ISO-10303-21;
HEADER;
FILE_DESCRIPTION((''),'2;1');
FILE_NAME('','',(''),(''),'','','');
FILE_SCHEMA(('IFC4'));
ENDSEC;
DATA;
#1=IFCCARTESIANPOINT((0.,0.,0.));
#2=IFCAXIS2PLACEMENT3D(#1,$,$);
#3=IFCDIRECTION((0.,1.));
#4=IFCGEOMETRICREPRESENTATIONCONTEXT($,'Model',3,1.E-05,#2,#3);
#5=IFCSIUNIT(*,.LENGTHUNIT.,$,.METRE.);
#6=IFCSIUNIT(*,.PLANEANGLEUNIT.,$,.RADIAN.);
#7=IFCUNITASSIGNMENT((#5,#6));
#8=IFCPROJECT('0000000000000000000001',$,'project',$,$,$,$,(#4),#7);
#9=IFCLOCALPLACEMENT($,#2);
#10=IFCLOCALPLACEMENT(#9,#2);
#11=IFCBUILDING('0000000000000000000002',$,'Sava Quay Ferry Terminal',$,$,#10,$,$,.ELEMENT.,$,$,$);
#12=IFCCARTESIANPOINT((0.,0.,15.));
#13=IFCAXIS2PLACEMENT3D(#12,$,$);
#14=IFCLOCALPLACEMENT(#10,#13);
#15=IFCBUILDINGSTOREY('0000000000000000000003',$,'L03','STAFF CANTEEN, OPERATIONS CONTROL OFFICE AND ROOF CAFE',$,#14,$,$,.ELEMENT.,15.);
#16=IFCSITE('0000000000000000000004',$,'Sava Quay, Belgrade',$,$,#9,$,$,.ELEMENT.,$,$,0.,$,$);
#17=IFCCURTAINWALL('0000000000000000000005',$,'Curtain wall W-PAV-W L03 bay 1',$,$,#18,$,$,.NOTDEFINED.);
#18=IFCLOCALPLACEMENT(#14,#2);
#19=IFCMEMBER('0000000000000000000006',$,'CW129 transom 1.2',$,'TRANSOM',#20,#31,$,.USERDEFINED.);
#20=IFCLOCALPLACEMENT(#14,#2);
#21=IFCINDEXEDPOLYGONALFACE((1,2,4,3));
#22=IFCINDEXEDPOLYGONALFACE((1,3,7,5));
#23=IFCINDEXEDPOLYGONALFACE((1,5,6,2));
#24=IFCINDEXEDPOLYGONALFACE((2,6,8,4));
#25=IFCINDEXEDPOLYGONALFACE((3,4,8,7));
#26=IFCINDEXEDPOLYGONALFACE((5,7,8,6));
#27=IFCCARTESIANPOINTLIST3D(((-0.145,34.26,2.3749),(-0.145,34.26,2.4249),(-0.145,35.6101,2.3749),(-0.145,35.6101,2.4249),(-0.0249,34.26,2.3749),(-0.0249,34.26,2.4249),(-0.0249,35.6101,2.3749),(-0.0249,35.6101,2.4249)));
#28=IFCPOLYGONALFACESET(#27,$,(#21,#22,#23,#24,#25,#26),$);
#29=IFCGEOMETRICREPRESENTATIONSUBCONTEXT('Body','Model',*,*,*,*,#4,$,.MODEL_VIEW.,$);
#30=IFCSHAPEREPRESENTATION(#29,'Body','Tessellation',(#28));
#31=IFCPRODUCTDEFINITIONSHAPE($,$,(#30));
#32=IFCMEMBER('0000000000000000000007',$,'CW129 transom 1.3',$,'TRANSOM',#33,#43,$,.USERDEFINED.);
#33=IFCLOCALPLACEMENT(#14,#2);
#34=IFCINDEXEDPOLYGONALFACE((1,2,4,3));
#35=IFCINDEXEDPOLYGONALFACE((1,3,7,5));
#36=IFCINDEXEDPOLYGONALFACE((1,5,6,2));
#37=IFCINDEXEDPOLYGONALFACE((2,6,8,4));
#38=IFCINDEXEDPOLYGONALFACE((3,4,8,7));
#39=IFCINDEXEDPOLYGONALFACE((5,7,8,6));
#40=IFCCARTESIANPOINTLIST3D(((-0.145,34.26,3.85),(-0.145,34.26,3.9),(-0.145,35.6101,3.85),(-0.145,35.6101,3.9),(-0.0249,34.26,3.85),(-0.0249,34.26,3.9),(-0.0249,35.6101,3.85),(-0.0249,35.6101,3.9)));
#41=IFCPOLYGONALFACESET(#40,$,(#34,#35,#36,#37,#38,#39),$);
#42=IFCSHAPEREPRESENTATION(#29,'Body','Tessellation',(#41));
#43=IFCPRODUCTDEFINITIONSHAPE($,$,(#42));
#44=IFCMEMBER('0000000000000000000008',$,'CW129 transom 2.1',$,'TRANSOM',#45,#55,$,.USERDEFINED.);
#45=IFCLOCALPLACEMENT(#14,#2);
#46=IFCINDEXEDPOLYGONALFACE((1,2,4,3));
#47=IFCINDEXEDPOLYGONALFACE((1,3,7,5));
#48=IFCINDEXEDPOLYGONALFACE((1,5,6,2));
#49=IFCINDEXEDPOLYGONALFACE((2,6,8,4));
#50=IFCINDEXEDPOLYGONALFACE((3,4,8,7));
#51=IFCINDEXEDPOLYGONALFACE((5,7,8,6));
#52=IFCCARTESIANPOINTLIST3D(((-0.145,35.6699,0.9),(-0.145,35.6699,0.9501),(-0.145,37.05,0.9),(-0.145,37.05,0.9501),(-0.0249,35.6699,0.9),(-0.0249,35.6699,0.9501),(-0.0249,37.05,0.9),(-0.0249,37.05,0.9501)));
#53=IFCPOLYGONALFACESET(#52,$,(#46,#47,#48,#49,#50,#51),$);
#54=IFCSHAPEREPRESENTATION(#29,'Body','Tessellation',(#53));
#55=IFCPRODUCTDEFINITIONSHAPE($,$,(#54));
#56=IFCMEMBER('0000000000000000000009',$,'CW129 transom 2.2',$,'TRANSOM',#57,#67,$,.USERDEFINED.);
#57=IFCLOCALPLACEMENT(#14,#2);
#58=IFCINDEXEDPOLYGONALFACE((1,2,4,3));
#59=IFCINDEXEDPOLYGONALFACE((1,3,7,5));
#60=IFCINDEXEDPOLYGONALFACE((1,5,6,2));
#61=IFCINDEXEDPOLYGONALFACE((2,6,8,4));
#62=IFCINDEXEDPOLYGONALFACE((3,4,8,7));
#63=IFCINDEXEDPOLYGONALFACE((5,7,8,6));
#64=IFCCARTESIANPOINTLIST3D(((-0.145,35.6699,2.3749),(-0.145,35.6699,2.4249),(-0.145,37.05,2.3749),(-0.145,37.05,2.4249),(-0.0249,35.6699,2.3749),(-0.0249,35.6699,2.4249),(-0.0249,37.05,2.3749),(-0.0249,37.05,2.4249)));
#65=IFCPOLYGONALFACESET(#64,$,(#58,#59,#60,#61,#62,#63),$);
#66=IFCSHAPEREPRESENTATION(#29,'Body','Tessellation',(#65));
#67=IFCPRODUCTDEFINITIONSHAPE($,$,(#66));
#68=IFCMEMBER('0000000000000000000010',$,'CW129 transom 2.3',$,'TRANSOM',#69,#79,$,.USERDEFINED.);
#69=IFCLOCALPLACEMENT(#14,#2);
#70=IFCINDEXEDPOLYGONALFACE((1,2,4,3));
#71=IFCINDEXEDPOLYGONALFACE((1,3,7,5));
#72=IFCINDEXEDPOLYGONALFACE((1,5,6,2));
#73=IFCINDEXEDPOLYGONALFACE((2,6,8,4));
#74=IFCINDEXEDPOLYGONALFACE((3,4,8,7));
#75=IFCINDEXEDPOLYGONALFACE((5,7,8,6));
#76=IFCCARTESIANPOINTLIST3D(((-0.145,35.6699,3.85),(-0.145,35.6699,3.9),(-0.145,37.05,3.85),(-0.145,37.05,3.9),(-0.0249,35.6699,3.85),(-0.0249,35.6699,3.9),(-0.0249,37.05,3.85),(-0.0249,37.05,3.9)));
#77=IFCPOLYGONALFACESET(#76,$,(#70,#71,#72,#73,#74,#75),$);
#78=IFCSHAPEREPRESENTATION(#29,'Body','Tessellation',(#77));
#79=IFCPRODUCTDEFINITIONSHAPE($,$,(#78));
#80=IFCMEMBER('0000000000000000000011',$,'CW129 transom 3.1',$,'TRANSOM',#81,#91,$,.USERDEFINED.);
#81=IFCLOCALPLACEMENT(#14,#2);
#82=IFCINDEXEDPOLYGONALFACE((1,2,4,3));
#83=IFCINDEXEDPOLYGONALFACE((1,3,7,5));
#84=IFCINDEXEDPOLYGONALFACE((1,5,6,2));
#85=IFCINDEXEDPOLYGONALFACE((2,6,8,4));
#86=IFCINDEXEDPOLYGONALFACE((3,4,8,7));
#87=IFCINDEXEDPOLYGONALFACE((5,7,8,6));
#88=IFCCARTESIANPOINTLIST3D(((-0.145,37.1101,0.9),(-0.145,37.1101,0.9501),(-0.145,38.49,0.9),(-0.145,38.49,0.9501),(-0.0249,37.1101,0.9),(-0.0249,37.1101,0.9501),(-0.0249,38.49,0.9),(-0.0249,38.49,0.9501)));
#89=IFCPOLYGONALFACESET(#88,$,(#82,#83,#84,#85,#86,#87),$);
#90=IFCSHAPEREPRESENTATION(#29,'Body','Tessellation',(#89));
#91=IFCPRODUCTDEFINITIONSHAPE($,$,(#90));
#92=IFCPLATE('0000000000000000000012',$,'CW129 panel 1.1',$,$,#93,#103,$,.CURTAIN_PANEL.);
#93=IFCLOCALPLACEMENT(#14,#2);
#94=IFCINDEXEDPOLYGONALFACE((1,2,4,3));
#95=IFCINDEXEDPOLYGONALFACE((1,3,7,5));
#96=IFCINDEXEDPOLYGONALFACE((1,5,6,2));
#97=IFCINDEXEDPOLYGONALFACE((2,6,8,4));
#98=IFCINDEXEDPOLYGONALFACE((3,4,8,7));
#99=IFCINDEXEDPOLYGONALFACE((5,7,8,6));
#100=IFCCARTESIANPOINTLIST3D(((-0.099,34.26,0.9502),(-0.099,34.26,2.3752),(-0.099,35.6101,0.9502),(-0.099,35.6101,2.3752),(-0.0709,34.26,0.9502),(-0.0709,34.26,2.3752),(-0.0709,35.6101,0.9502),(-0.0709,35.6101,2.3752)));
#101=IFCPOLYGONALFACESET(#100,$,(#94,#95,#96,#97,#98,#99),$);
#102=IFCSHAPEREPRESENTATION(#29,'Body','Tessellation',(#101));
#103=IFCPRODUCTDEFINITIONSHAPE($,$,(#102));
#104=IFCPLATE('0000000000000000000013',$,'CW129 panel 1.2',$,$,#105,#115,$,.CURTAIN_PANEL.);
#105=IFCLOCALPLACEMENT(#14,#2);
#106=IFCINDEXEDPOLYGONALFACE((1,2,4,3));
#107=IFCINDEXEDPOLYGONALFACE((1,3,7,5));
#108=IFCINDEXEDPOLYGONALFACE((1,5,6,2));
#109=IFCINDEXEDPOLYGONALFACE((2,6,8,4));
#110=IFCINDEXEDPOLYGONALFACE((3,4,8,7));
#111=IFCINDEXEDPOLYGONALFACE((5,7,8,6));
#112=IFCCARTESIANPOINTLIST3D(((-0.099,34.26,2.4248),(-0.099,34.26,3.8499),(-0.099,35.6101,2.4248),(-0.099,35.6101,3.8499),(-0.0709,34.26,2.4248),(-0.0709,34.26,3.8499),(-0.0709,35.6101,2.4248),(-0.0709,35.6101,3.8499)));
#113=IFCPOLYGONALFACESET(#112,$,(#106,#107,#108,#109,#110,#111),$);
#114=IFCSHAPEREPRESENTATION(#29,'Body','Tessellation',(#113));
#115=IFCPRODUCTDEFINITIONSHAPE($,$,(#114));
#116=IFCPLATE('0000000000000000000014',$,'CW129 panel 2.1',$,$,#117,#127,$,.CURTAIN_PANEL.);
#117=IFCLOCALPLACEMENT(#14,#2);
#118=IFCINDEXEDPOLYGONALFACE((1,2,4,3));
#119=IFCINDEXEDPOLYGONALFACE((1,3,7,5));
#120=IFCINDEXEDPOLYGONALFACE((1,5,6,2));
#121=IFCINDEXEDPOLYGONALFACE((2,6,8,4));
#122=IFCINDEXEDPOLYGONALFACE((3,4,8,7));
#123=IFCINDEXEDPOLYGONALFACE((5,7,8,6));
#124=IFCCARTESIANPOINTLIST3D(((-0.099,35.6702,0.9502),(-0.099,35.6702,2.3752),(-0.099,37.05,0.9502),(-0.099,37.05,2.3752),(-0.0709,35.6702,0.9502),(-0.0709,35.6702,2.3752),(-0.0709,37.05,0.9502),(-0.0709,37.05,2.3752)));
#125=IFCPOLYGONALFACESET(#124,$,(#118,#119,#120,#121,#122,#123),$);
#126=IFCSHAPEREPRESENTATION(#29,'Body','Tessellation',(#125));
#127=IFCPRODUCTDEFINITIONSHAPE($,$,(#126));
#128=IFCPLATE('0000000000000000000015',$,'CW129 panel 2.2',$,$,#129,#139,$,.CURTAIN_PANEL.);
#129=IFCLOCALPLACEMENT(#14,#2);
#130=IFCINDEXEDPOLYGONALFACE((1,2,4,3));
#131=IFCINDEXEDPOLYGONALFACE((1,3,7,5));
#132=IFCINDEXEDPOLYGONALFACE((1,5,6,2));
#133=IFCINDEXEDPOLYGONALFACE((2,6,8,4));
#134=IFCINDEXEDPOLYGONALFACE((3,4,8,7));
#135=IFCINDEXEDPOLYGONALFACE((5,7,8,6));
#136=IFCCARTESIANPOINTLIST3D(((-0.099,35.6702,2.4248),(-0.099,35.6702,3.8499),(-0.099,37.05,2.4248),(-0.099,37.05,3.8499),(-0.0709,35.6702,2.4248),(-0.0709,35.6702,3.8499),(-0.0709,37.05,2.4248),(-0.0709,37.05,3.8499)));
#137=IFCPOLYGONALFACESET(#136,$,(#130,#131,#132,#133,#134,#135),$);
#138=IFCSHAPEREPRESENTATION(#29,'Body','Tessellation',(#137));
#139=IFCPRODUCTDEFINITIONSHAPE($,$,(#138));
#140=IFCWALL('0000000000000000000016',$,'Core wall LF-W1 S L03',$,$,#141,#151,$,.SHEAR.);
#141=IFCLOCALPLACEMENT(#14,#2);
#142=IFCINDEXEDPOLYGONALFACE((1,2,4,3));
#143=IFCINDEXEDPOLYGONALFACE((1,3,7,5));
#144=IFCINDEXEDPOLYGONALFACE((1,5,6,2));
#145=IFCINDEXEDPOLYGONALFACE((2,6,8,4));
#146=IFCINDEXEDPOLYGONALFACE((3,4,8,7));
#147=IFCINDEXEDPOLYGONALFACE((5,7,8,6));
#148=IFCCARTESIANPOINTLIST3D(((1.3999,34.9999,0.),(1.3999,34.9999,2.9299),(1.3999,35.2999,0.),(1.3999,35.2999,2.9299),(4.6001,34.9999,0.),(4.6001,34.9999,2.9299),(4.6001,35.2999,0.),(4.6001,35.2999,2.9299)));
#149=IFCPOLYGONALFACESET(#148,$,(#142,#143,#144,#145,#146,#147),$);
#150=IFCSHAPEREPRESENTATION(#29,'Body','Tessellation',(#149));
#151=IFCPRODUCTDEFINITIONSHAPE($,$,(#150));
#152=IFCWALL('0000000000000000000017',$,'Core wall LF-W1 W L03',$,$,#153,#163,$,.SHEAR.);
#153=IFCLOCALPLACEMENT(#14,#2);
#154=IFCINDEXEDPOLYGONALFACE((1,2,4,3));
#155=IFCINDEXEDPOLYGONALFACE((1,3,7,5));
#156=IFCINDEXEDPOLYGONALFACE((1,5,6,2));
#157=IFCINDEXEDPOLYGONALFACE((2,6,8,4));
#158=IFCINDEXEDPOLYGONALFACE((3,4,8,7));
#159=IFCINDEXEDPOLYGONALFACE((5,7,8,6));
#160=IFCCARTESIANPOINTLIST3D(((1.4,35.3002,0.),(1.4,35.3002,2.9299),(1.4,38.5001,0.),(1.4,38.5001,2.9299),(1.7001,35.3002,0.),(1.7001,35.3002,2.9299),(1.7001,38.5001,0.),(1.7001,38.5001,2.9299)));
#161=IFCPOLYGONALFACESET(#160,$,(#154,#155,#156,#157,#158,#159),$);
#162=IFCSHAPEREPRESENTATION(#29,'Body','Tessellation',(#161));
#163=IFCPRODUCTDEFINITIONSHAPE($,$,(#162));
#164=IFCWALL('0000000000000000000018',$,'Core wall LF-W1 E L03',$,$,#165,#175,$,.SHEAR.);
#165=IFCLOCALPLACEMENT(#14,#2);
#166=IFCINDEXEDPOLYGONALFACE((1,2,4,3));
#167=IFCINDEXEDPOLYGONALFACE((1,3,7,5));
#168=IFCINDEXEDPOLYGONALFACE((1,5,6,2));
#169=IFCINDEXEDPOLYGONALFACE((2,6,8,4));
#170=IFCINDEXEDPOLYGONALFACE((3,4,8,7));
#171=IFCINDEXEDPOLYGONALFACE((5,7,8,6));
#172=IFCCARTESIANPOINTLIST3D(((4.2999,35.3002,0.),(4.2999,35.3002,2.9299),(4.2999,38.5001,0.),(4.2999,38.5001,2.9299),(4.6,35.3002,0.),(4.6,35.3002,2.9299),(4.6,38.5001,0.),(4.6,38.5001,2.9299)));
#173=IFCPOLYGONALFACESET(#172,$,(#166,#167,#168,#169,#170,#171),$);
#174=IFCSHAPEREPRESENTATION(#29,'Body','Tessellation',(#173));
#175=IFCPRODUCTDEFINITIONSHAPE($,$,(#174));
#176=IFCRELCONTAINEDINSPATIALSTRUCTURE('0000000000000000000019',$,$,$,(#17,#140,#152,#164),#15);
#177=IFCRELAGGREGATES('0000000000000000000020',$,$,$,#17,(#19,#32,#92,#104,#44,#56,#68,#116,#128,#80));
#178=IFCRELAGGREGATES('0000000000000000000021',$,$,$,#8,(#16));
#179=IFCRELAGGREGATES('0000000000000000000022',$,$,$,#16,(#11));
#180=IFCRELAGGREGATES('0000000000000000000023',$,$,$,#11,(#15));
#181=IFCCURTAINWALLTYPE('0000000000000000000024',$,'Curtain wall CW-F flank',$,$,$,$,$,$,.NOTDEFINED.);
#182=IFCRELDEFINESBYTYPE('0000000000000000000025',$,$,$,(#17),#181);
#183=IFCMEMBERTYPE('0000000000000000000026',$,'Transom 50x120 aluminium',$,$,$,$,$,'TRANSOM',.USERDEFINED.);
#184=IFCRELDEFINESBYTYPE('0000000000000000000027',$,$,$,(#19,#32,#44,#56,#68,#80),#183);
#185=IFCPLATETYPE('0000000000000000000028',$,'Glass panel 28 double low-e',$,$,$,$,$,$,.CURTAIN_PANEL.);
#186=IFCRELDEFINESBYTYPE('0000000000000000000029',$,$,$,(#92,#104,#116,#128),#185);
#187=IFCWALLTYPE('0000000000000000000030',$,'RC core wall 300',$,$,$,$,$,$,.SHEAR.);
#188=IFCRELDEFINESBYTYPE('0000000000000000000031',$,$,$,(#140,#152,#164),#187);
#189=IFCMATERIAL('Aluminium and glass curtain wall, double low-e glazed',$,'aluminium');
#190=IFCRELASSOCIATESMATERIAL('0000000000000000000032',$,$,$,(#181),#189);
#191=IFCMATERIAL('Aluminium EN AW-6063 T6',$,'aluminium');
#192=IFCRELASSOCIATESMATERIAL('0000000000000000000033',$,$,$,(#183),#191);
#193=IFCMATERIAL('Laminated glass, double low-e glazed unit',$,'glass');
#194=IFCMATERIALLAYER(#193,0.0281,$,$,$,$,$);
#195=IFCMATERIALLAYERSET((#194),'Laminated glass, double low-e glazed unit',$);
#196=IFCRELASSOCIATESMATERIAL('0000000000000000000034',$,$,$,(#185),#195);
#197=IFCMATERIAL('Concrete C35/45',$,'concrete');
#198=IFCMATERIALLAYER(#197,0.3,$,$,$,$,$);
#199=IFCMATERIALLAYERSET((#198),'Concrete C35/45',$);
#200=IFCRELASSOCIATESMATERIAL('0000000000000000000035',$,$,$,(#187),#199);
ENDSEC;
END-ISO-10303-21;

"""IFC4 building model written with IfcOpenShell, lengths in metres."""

from ifc_helpers import new_model, si_unit, direction, frame, frame_2d, origin, origin_2d, place, context, subcontext, project, spatial, rectangle, extrude, material, layer, layer_set, material_profile, profile_set, type_object, element, aggregate, save


model = new_model("IFC4")

# Units and contexts
model_context = context("Model", 3, precision=1e-05, world=origin(), true_north=direction((0.0, 1.0)))
body_context = subcontext(model_context, "Body", "Model", "MODEL_VIEW")
ifc_project = project(units=[si_unit("LENGTHUNIT", "METRE"), si_unit("PLANEANGLEUNIT", "RADIAN")], contexts=[model_context])

# Site, building, storey
site_placement = place(None, origin())
site = spatial("IfcSite", under=ifc_project, at=site_placement, Name="Sava Quay, Belgrade", CompositionType="ELEMENT", RefElevation=0.0)
building_placement = place(site_placement, origin())
building = spatial("IfcBuilding", under=site, at=building_placement, Name="Sava Quay Ferry Terminal", CompositionType="ELEMENT")
storey_placement = place(building_placement, frame((0.0, 0.0, 15.0)))
storey = spatial("IfcBuildingStorey", under=building, at=storey_placement, Name="L03", Description="STAFF CANTEEN, OPERATIONS CONTROL OFFICE AND ROOF CAFE", CompositionType="ELEMENT", Elevation=15.0)

# Curtain wall
ifc_material_1 = material(Name="Aluminium and glass curtain wall, double low-e glazed", Category="aluminium")
curtain_wall_type = type_object("IfcCurtainWallType", Name="Curtain wall CW-F flank", PredefinedType="NOTDEFINED", material=ifc_material_1)
curtain_wall_1_placement = place(storey_placement, origin())
curtain_wall_1 = element("IfcCurtainWall", 1, at=curtain_wall_1_placement, inside=storey, type_object=curtain_wall_type, Name="Curtain wall W-PAV-W L03 bay 1", PredefinedType="NOTDEFINED")

# Shared definitions
ifc_material_2 = material(Name="Aluminium EN AW-6063 T6", Category="aluminium")
ifc_material_profile_1 = material_profile(ifc_material_2, rectangle(XDim=0.1201, YDim=0.05, at=origin_2d()), Name="Transom 50x120 aluminium")
ifc_profile_set_1 = profile_set([ifc_material_profile_1], Name="Aluminium EN AW-6063 T6")
member_type_1 = type_object("IfcMemberType", Name="Transom 50x120 aluminium", ElementType="TRANSOM", PredefinedType="USERDEFINED", material=ifc_profile_set_1)

# Members
member_1_placement = place(storey_placement, frame((-0.085, 34.26, 2.3999), z_axis=(0.0, 1.0, 0.0), x_axis=(-1.0, 0.0, 0.0)))
member_1 = element("IfcMember", 2, at=member_1_placement, type_object=member_type_1, Name="CW129 transom 1.2", ObjectType="TRANSOM", PredefinedType="USERDEFINED", context=body_context, shape_type="SweptSolid", body=[
    extrude(rectangle(XDim=0.1201, YDim=0.05, at=origin_2d()), origin(), (0.0, 0.0, 1.0), 1.3501),
])
member_2_placement = place(storey_placement, frame((-0.085, 34.26, 3.875), z_axis=(0.0, 1.0, 0.0), x_axis=(-1.0, 0.0, 0.0)))
member_2 = element("IfcMember", 3, at=member_2_placement, type_object=member_type_1, Name="CW129 transom 1.3", ObjectType="TRANSOM", PredefinedType="USERDEFINED", context=body_context, shape_type="SweptSolid", body=[
    extrude(rectangle(XDim=0.1201, YDim=0.05, at=origin_2d()), origin(), (0.0, 0.0, 1.0), 1.3501),
])
member_3_placement = place(storey_placement, frame((-0.085, 35.6699, 0.925), z_axis=(0.0, 1.0, 0.0), x_axis=(-1.0, 0.0, 0.0)))
member_3 = element("IfcMember", 4, at=member_3_placement, type_object=member_type_1, Name="CW129 transom 2.1", ObjectType="TRANSOM", PredefinedType="USERDEFINED", context=body_context, shape_type="SweptSolid", body=[
    extrude(rectangle(XDim=0.1201, YDim=0.05, at=origin_2d()), origin(), (0.0, 0.0, 1.0), 1.3801),
])
member_4_placement = place(storey_placement, frame((-0.085, 35.6699, 2.3999), z_axis=(0.0, 1.0, 0.0), x_axis=(-1.0, 0.0, 0.0)))
member_4 = element("IfcMember", 5, at=member_4_placement, type_object=member_type_1, Name="CW129 transom 2.2", ObjectType="TRANSOM", PredefinedType="USERDEFINED", context=body_context, shape_type="SweptSolid", body=[
    extrude(rectangle(XDim=0.1201, YDim=0.05, at=origin_2d()), origin(), (0.0, 0.0, 1.0), 1.3801),
])
member_5_placement = place(storey_placement, frame((-0.085, 35.6699, 3.875), z_axis=(0.0, 1.0, 0.0), x_axis=(-1.0, 0.0, 0.0)))
member_5 = element("IfcMember", 6, at=member_5_placement, type_object=member_type_1, Name="CW129 transom 2.3", ObjectType="TRANSOM", PredefinedType="USERDEFINED", context=body_context, shape_type="SweptSolid", body=[
    extrude(rectangle(XDim=0.1201, YDim=0.05, at=origin_2d()), origin(), (0.0, 0.0, 1.0), 1.3801),
])
member_6_placement = place(storey_placement, frame((-0.085, 37.1101, 0.925), z_axis=(0.0, 1.0, 0.0), x_axis=(-1.0, 0.0, 0.0)))
member_6 = element("IfcMember", 7, at=member_6_placement, type_object=member_type_1, Name="CW129 transom 3.1", ObjectType="TRANSOM", PredefinedType="USERDEFINED", context=body_context, shape_type="SweptSolid", body=[
    extrude(rectangle(XDim=0.1201, YDim=0.05, at=origin_2d()), origin(), (0.0, 0.0, 1.0), 1.3799),
])

# Plates
ifc_material_3 = material(Name="Laminated glass, double low-e glazed unit", Category="glass")
ifc_layer_1 = layer(ifc_material_3, 0.0281)
ifc_layer_set_1 = layer_set([ifc_layer_1], Name="Laminated glass, double low-e glazed unit")
plate_type = type_object("IfcPlateType", Name="Glass panel 28 double low-e", PredefinedType="CURTAIN_PANEL", material=ifc_layer_set_1)
plate_1_placement = place(storey_placement, frame((-0.085, 34.9351, 0.9502), z_axis=(0.0, 0.0, 1.0), x_axis=(0.0, 1.0, 0.0)))
plate_1 = element("IfcPlate", 8, at=plate_1_placement, type_object=plate_type, Name="CW129 panel 1.1", PredefinedType="CURTAIN_PANEL", context=body_context, shape_type="SweptSolid", body=[
    extrude(rectangle(XDim=1.3501, YDim=0.0281, at=origin_2d()), origin(), (0.0, 0.0, 1.0), 1.425),
])
plate_2_placement = place(storey_placement, frame((-0.085, 34.9351, 2.4248), z_axis=(0.0, 0.0, 1.0), x_axis=(0.0, 1.0, 0.0)))
plate_2 = element("IfcPlate", 9, at=plate_2_placement, type_object=plate_type, Name="CW129 panel 1.2", PredefinedType="CURTAIN_PANEL", context=body_context, shape_type="SweptSolid", body=[
    extrude(rectangle(XDim=1.3501, YDim=0.0281, at=origin_2d()), origin(), (0.0, 0.0, 1.0), 1.425),
])
plate_3_placement = place(storey_placement, frame((-0.085, 36.3601, 0.9502), z_axis=(0.0, 0.0, 1.0), x_axis=(0.0, 1.0, 0.0)))
plate_3 = element("IfcPlate", 10, at=plate_3_placement, type_object=plate_type, Name="CW129 panel 2.1", PredefinedType="CURTAIN_PANEL", context=body_context, shape_type="SweptSolid", body=[
    extrude(rectangle(XDim=1.3799, YDim=0.0281, at=origin_2d()), origin(), (0.0, 0.0, 1.0), 1.425),
])
plate_4_placement = place(storey_placement, frame((-0.085, 36.3601, 2.4248), z_axis=(0.0, 0.0, 1.0), x_axis=(0.0, 1.0, 0.0)))
plate_4 = element("IfcPlate", 11, at=plate_4_placement, type_object=plate_type, Name="CW129 panel 2.2", PredefinedType="CURTAIN_PANEL", context=body_context, shape_type="SweptSolid", body=[
    extrude(rectangle(XDim=1.3799, YDim=0.0281, at=origin_2d()), origin(), (0.0, 0.0, 1.0), 1.425),
])
aggregate(curtain_wall_1, [member_1, member_2, plate_1, plate_2, member_3, member_4, member_5, plate_3, plate_4, member_6])

# Walls
ifc_material_4 = material(Name="Concrete C35/45", Category="concrete")
ifc_layer_2 = layer(ifc_material_4, 0.3)
ifc_layer_set_2 = layer_set([ifc_layer_2], Name="Concrete C35/45")
wall_type_1 = type_object("IfcWallType", Name="RC core wall 300", PredefinedType="SHEAR", material=ifc_layer_set_2)
wall_1_placement = place(storey_placement, frame((1.3999, 35.1499, 0.0), z_axis=(0.0, 0.0, 1.0), x_axis=(1.0, 0.0, 0.0)))
element("IfcWall", 12, at=wall_1_placement, inside=storey, type_object=wall_type_1, Name="Core wall LF-W1 S L03", PredefinedType="SHEAR", context=body_context, shape_type="SweptSolid", body=[
    extrude(rectangle(XDim=3.2002, YDim=0.3, at=frame_2d((1.6001, 0.0))), origin(), (0.0, 0.0, 1.0), 2.9299),
])
for number, where, z_axis, x_axis, name in (
    (13, (1.55, 35.3, 0.0), (0.0, 0.0, 1.0), (0.0, 1.0, 0.0), "Core wall LF-W1 W L03"),
    (14, (4.45, 35.3, 0.0), (0.0, 0.0, 1.0), (0.0, 1.0, 0.0), "Core wall LF-W1 E L03"),
):
    element("IfcWall", number, at=place(storey_placement, frame(where, z_axis=z_axis, x_axis=x_axis)), inside=storey, type_object=wall_type_1, Name=name, PredefinedType="SHEAR", context=body_context, shape_type="SweptSolid", body=[
        extrude(rectangle(XDim=3.2, YDim=0.3, at=frame_2d((1.6001, 0.0))), origin(), (0.0, 0.0, 1.0), 2.9299),
    ])

save(model, "model.ifc")
